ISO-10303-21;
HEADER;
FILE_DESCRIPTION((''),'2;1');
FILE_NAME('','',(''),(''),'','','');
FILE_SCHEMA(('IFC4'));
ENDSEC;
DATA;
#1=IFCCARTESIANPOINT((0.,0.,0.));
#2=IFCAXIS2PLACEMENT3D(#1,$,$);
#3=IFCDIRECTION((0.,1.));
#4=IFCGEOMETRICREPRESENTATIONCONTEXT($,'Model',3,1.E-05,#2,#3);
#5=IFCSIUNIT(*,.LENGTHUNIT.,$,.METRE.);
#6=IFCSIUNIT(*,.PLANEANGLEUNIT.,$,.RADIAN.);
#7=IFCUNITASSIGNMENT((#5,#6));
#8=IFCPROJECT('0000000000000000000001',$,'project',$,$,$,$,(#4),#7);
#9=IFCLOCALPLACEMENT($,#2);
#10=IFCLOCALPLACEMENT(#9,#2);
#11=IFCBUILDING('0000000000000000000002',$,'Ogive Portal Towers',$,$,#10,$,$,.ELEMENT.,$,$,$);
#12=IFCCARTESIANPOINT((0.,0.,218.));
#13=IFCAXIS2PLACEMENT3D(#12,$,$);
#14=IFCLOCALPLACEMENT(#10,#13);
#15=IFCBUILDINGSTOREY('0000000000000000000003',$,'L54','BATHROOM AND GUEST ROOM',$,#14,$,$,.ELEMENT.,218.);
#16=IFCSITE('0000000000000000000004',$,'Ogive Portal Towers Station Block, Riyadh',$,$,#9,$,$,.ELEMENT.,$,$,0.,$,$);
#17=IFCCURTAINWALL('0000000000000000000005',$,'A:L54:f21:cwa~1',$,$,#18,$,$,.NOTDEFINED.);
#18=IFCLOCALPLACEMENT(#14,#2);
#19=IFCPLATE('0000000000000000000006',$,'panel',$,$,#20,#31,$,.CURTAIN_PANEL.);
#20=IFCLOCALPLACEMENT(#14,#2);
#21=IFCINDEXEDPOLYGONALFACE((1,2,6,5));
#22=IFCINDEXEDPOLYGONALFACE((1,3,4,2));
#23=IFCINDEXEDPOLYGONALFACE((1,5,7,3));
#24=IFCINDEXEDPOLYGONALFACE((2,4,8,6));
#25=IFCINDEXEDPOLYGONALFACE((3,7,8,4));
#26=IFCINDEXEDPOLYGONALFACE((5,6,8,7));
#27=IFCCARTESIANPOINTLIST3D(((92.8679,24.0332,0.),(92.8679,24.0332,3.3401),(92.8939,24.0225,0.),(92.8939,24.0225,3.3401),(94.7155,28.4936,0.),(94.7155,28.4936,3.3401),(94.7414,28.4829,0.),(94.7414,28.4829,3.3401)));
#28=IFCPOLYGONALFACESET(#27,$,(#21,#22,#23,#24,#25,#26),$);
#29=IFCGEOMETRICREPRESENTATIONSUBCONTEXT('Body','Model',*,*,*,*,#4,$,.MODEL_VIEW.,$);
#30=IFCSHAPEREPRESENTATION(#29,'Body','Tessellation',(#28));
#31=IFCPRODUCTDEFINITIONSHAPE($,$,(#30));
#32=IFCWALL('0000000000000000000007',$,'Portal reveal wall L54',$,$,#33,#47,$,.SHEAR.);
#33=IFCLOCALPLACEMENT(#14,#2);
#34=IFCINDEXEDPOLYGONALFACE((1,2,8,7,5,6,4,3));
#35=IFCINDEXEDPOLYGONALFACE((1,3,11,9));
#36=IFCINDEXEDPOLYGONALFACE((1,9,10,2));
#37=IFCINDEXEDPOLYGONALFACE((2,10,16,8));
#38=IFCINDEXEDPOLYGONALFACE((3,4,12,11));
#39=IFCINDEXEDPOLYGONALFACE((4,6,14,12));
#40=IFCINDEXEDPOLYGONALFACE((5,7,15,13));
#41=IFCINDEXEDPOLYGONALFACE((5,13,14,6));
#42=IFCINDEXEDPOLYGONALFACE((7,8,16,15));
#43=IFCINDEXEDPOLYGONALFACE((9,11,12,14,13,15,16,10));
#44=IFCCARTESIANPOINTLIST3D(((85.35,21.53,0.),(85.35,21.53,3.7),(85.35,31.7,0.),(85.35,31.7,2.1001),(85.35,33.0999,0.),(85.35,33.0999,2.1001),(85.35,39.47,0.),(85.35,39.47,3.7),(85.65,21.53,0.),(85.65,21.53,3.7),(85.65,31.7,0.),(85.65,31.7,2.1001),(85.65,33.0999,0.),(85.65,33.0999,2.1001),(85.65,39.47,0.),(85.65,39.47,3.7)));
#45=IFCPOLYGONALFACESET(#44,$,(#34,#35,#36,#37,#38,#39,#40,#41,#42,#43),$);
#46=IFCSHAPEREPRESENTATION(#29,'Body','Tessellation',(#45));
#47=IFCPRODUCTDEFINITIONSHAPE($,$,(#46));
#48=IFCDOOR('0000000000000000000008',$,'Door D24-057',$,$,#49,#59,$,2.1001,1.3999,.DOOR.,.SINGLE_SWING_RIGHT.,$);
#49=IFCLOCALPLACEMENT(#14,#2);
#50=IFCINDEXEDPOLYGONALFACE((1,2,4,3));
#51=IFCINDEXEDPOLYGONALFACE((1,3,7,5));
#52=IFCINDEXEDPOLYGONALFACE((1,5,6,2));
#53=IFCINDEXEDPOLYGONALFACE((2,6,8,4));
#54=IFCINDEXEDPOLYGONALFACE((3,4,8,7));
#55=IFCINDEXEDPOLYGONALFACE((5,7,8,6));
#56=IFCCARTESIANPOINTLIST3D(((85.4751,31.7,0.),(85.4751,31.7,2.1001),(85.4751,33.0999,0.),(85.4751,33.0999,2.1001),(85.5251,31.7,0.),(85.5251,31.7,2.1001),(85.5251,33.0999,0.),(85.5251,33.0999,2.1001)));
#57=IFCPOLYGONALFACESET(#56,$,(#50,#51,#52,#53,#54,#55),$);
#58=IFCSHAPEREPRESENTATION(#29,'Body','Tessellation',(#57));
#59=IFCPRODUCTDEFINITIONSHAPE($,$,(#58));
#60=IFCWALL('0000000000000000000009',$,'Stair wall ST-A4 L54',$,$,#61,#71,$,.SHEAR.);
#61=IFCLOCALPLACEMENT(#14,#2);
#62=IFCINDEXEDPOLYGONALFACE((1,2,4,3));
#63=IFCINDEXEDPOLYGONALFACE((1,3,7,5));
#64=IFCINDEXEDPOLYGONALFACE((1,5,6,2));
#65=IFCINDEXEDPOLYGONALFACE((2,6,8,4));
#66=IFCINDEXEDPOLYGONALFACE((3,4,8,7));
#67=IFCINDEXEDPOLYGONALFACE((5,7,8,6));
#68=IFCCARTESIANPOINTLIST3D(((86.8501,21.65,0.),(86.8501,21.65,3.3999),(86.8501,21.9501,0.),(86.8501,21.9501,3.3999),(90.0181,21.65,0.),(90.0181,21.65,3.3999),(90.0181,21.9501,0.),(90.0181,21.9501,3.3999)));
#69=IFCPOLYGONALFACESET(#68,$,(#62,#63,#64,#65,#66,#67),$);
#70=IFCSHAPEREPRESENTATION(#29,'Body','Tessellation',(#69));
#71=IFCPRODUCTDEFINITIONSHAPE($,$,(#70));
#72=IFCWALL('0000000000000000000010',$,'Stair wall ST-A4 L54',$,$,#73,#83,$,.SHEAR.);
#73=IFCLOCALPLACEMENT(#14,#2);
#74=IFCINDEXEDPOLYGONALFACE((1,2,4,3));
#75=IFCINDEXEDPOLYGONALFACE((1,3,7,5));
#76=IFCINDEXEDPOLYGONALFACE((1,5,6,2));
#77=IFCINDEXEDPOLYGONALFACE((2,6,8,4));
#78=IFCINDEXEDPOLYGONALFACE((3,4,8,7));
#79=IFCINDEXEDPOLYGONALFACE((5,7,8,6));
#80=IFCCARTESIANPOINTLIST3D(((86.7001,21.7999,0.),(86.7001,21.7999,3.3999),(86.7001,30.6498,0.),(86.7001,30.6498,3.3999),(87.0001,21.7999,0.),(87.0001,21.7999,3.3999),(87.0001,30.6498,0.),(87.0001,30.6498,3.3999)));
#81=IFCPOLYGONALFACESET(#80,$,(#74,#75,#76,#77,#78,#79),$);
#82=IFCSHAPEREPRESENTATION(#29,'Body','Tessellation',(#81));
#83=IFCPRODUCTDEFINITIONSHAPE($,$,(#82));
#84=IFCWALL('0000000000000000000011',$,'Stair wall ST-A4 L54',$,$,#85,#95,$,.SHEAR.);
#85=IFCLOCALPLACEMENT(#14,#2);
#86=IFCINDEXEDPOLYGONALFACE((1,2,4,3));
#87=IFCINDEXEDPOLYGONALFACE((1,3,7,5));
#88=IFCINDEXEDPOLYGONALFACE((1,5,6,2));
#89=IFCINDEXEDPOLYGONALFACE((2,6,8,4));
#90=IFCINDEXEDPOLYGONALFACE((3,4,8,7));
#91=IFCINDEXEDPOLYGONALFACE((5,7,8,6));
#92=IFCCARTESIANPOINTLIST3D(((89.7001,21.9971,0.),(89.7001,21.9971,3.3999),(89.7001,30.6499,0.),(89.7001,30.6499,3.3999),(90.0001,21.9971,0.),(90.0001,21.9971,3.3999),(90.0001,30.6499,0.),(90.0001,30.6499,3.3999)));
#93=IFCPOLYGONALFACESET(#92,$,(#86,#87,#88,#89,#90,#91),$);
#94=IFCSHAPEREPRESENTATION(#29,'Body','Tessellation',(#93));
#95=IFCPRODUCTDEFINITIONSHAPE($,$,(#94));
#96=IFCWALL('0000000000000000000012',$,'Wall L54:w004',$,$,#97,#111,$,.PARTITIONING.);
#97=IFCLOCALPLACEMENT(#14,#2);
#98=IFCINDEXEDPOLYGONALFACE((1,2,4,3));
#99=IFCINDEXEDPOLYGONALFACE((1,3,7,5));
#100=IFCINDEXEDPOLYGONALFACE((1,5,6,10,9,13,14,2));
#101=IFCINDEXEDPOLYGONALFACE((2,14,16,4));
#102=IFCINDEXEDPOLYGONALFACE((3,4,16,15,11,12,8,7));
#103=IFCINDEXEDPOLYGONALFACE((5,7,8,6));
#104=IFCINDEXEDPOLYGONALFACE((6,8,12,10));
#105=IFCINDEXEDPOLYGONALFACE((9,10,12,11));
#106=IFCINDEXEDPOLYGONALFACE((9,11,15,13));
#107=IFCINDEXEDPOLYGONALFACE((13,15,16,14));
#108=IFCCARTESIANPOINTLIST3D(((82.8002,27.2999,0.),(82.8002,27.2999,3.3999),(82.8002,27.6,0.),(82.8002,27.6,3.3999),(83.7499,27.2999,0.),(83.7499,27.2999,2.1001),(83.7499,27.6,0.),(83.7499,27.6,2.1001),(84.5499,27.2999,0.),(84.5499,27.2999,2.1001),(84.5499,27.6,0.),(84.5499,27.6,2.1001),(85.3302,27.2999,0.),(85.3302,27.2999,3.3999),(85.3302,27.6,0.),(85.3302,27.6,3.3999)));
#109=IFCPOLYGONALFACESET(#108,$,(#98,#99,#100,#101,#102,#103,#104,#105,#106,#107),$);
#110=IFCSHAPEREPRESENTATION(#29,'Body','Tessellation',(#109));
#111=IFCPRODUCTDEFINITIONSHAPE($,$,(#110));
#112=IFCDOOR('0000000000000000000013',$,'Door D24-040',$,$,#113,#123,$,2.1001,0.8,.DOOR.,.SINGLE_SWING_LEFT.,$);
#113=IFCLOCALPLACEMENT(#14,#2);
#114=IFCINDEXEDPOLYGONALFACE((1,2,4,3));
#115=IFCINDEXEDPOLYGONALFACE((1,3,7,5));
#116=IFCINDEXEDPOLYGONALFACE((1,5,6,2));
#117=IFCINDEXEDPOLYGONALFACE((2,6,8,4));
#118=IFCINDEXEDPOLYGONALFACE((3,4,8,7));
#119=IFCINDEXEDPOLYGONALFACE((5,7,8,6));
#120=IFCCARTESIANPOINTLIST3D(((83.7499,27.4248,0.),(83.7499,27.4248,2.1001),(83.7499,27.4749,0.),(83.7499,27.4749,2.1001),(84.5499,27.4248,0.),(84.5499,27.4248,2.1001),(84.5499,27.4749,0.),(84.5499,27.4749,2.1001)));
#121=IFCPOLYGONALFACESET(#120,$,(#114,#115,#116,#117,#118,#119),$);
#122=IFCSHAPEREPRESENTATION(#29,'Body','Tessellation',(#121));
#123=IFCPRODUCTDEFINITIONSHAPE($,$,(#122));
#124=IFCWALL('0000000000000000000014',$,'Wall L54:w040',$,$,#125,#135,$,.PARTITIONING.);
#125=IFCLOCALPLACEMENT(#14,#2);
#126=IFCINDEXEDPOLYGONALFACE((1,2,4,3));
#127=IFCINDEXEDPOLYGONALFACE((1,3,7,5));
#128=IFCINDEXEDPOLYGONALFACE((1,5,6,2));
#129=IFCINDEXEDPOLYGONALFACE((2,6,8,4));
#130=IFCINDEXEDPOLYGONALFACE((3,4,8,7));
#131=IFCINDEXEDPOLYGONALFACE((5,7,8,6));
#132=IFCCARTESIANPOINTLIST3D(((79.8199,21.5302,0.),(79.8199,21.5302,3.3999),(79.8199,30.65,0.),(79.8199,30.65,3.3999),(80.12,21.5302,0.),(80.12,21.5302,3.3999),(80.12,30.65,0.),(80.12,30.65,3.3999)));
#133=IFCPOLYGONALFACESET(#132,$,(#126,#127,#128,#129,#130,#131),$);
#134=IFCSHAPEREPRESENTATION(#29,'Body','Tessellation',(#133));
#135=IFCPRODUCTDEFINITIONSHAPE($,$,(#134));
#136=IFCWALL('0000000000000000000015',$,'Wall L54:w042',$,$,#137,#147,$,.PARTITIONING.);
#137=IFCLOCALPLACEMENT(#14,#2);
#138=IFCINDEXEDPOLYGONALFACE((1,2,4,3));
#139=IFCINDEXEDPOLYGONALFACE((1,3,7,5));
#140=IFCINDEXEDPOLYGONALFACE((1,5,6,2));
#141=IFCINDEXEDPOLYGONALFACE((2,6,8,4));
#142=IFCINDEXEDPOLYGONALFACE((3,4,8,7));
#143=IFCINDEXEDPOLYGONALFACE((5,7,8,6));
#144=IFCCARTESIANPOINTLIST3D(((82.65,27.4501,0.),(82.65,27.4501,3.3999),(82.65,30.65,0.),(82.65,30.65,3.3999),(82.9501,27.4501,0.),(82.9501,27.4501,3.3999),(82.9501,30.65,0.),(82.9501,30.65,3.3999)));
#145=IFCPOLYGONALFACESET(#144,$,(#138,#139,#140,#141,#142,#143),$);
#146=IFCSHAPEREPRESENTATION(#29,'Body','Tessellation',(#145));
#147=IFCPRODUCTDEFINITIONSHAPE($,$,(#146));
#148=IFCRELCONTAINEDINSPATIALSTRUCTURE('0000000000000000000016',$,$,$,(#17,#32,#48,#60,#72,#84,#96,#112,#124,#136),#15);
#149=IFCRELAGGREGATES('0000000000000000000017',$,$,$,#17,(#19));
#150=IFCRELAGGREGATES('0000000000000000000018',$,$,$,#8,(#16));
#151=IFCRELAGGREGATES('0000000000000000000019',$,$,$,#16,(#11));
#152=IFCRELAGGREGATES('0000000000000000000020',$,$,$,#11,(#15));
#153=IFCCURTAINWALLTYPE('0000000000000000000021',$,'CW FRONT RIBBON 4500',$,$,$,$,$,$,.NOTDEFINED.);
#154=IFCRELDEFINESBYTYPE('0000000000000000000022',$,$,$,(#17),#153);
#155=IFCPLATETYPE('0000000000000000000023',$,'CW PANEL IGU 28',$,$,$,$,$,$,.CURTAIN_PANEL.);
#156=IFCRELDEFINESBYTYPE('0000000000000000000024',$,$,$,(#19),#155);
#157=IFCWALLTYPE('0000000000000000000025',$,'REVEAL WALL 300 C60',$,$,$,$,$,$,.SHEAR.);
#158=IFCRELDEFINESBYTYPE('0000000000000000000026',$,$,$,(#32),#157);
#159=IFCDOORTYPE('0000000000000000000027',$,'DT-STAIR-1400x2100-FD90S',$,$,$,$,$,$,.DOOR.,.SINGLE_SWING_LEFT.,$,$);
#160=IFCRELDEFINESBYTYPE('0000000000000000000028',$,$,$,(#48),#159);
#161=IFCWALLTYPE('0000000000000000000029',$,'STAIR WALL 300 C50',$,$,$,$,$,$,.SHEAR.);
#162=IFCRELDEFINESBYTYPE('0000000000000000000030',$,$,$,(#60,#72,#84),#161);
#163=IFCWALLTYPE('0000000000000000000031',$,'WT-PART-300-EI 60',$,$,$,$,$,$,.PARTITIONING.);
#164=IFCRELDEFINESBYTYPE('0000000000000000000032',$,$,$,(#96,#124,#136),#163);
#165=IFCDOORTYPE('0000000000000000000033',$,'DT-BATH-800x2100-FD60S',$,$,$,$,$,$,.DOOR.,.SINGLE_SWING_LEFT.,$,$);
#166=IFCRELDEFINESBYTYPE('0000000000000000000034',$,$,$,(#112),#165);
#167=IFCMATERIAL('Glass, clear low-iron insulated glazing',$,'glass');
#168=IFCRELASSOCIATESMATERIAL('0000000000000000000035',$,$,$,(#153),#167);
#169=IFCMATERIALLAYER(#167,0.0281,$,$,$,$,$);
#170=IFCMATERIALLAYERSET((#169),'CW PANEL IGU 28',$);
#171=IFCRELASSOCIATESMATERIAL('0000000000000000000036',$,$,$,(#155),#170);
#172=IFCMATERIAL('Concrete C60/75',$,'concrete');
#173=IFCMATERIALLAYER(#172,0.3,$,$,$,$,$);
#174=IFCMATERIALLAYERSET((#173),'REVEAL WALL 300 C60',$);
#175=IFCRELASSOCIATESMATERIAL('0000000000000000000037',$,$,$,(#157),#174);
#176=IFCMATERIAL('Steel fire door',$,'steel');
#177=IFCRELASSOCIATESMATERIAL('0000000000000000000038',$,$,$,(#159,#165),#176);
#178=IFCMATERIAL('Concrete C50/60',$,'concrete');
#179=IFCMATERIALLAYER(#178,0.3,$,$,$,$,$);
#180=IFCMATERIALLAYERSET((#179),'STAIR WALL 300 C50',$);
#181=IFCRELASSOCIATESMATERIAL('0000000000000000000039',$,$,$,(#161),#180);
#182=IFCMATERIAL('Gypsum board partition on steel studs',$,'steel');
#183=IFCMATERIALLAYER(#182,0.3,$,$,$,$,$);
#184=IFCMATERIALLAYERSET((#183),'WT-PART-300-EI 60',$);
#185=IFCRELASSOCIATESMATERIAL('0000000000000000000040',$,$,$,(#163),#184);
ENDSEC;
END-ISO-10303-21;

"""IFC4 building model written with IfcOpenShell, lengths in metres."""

from ifc_helpers import new_model, si_unit, direction, frame, frame_2d, origin, origin_2d, place, context, subcontext, project, spatial, rectangle, extrude, material, layer, layer_set, type_object, element, fill, aggregate, save


model = new_model("IFC4")

# Units and contexts
model_context = context("Model", 3, precision=1e-05, world=origin(), true_north=direction((0.0, 1.0)))
body_context = subcontext(model_context, "Body", "Model", "MODEL_VIEW")
ifc_project = project(units=[si_unit("LENGTHUNIT", "METRE"), si_unit("PLANEANGLEUNIT", "RADIAN")], contexts=[model_context])

# Site, building, storey
site_placement = place(None, origin())
site = spatial("IfcSite", under=ifc_project, at=site_placement, Name="Ogive Portal Towers Station Block, Riyadh", CompositionType="ELEMENT", RefElevation=0.0)
building_placement = place(site_placement, origin())
building = spatial("IfcBuilding", under=site, at=building_placement, Name="Ogive Portal Towers", CompositionType="ELEMENT")
storey_placement = place(building_placement, frame((0.0, 0.0, 218.0)))
storey = spatial("IfcBuildingStorey", under=building, at=storey_placement, Name="L54", Description="BATHROOM AND GUEST ROOM", CompositionType="ELEMENT", Elevation=218.0)

# Shared definitions
ifc_material_1 = material(Name="Concrete C60/75", Category="concrete")

# Shared definitions
ifc_material_2 = material(Name="Glass, clear low-iron insulated glazing", Category="glass")
curtain_wall_type = type_object("IfcCurtainWallType", Name="CW FRONT RIBBON 4500", PredefinedType="NOTDEFINED", material=ifc_material_2)

# Curtain wall
curtain_wall_1_placement = place(storey_placement, origin())
curtain_wall_1 = element("IfcCurtainWall", 1, at=curtain_wall_1_placement, inside=storey, type_object=curtain_wall_type, Name="A:L54:f21:cwa~1", PredefinedType="NOTDEFINED")

# Plate
ifc_layer_1 = layer(ifc_material_2, 0.0281)
ifc_layer_set_1 = layer_set([ifc_layer_1], Name="CW PANEL IGU 28")
plate_type = type_object("IfcPlateType", Name="CW PANEL IGU 28", PredefinedType="CURTAIN_PANEL", material=ifc_layer_set_1)
plate_1_placement = place(storey_placement, frame((93.8047, 26.2581, 0.0), z_axis=(0.0, 0.0, 1.0), x_axis=(0.382683, 0.92388, 0.0)))
plate_1 = element("IfcPlate", 2, at=plate_1_placement, type_object=plate_type, Name="panel", PredefinedType="CURTAIN_PANEL", context=body_context, shape_type="SweptSolid", body=[
    extrude(rectangle(XDim=4.8279, YDim=0.0281, at=origin_2d()), origin(), (0.0, 0.0, 1.0), 3.3401),
])
aggregate(curtain_wall_1, [plate_1])

# Wall, opening, door
ifc_layer_2 = layer(ifc_material_1, 0.3)
ifc_layer_set_2 = layer_set([ifc_layer_2], Name="REVEAL WALL 300 C60")
wall_type_1 = type_object("IfcWallType", Name="REVEAL WALL 300 C60", PredefinedType="SHEAR", material=ifc_layer_set_2)
wall_1_placement = place(storey_placement, frame((85.5, 21.53, 0.0), z_axis=(0.0, 0.0, 1.0), x_axis=(0.0, 1.0, 0.0)))
wall_1 = element("IfcWall", 3, at=wall_1_placement, inside=storey, type_object=wall_type_1, Name="Portal reveal wall L54", PredefinedType="SHEAR", context=body_context, shape_type="SweptSolid", body=[
    extrude(rectangle(XDim=17.9399, YDim=0.3, at=frame_2d((8.97, 0.0))), origin(), (0.0, 0.0, 1.0), 3.7),
])
opening_1_placement = place(wall_1_placement, frame((10.1699, 0.0, 0.0)))
opening_1 = element("IfcOpeningElement", 4, at=opening_1_placement, cuts=wall_1, PredefinedType="OPENING", context=body_context, shape_type="SweptSolid", body=[
    extrude(rectangle(XDim=1.3999, YDim=2.1001, at=frame_2d((0.7, 1.05))), frame((0.0, 0.1602, 0.0), z_axis=(0.0, -1.0, 0.0), x_axis=(1.0, 0.0, 0.0)), (0.0, 0.0, 1.0), 0.3201),
])
ifc_material_3 = material(Name="Steel fire door", Category="steel")
door_type_1 = type_object("IfcDoorType", Name="DT-STAIR-1400x2100-FD90S", OperationType="SINGLE_SWING_LEFT", PredefinedType="DOOR", material=ifc_material_3)
door_1_placement = place(opening_1_placement, origin())
door_1 = element("IfcDoor", 5, at=door_1_placement, inside=storey, type_object=door_type_1, Name="Door D24-057", OperationType="SINGLE_SWING_RIGHT", OverallHeight=2.1001, OverallWidth=1.3999, PredefinedType="DOOR", context=body_context, shape_type="SweptSolid", body=[
    extrude(rectangle(XDim=1.3999, YDim=2.1001, at=frame_2d((0.7, 1.05))), frame((0.0, 0.0249, 0.0), z_axis=(0.0, -1.0, 0.0), x_axis=(1.0, 0.0, 0.0)), (0.0, 0.0, 1.0), 0.05),
])
fill(opening_1, door_1)

# Walls
ifc_material_4 = material(Name="Concrete C50/60", Category="concrete")
ifc_layer_3 = layer(ifc_material_4, 0.3)
ifc_layer_set_3 = layer_set([ifc_layer_3], Name="STAIR WALL 300 C50")
wall_type_2 = type_object("IfcWallType", Name="STAIR WALL 300 C50", PredefinedType="SHEAR", material=ifc_layer_set_3)
wall_2_placement = place(storey_placement, frame((86.8501, 21.8, 0.0), z_axis=(0.0, 0.0, 1.0), x_axis=(1.0, 0.0, 0.0)))
element("IfcWall", 6, at=wall_2_placement, inside=storey, type_object=wall_type_2, Name="Stair wall ST-A4 L54", PredefinedType="SHEAR", context=body_context, shape_type="SweptSolid", body=[
    extrude(rectangle(XDim=3.168, YDim=0.3, at=frame_2d((1.584, 0.0))), origin(), (0.0, 0.0, 1.0), 3.3999),
])
wall_3_placement = place(storey_placement, frame((86.8501, 21.8, 0.0), z_axis=(0.0, 0.0, 1.0), x_axis=(0.0, 1.0, 0.0)))
element("IfcWall", 7, at=wall_3_placement, inside=storey, type_object=wall_type_2, Name="Stair wall ST-A4 L54", PredefinedType="SHEAR", context=body_context, shape_type="SweptSolid", body=[
    extrude(rectangle(XDim=8.8499, YDim=0.3, at=frame_2d((4.4248, 0.0))), origin(), (0.0, 0.0, 1.0), 3.3999),
])
wall_4_placement = place(storey_placement, frame((89.8501, 21.9971, 0.0), z_axis=(0.0, 0.0, 1.0), x_axis=(0.0, 1.0, 0.0)))
element("IfcWall", 8, at=wall_4_placement, inside=storey, type_object=wall_type_2, Name="Stair wall ST-A4 L54", PredefinedType="SHEAR", context=body_context, shape_type="SweptSolid", body=[
    extrude(rectangle(XDim=8.6528, YDim=0.3, at=frame_2d((4.3264, 0.0))), origin(), (0.0, 0.0, 1.0), 3.3999),
])

# Wall, opening, door
ifc_material_5 = material(Name="Gypsum board partition on steel studs", Category="steel")
ifc_layer_4 = layer(ifc_material_5, 0.3)
ifc_layer_set_4 = layer_set([ifc_layer_4], Name="WT-PART-300-EI 60")
wall_type_3 = type_object("IfcWallType", Name="WT-PART-300-EI 60", PredefinedType="PARTITIONING", material=ifc_layer_set_4)
wall_5_placement = place(storey_placement, frame((82.8, 27.45, 0.0), z_axis=(0.0, 0.0, 1.0), x_axis=(1.0, 0.0, 0.0)))
wall_5 = element("IfcWall", 9, at=wall_5_placement, inside=storey, type_object=wall_type_3, Name="Wall L54:w004", PredefinedType="PARTITIONING", context=body_context, shape_type="SweptSolid", body=[
    extrude(rectangle(XDim=2.53, YDim=0.3, at=frame_2d((1.2651, 0.0))), origin(), (0.0, 0.0, 1.0), 3.3999),
])
opening_2_placement = place(wall_5_placement, frame((0.95, 0.0, 0.0)))
opening_2 = element("IfcOpeningElement", 10, at=opening_2_placement, cuts=wall_5, PredefinedType="OPENING", context=body_context, shape_type="SweptSolid", body=[
    extrude(rectangle(XDim=0.8, YDim=2.1001, at=frame_2d((0.3999, 1.05))), frame((0.0, 0.1602, 0.0), z_axis=(0.0, -1.0, 0.0), x_axis=(1.0, 0.0, 0.0)), (0.0, 0.0, 1.0), 0.3201),
])
door_type_2 = type_object("IfcDoorType", Name="DT-BATH-800x2100-FD60S", OperationType="SINGLE_SWING_LEFT", PredefinedType="DOOR", material=ifc_material_3)
door_2_placement = place(opening_2_placement, origin())
door_2 = element("IfcDoor", 11, at=door_2_placement, inside=storey, type_object=door_type_2, Name="Door D24-040", OperationType="SINGLE_SWING_LEFT", OverallHeight=2.1001, OverallWidth=0.8, PredefinedType="DOOR", context=body_context, shape_type="SweptSolid", body=[
    extrude(rectangle(XDim=0.8, YDim=2.1001, at=frame_2d((0.3999, 1.05))), frame((0.0, 0.0249, 0.0), z_axis=(0.0, -1.0, 0.0), x_axis=(1.0, 0.0, 0.0)), (0.0, 0.0, 1.0), 0.05),
])
fill(opening_2, door_2)

# Walls
wall_6_placement = place(storey_placement, frame((79.97, 21.53, 0.0), z_axis=(0.0, 0.0, 1.0), x_axis=(0.0, 1.0, 0.0)))
element("IfcWall", 12, at=wall_6_placement, inside=storey, type_object=wall_type_3, Name="Wall L54:w040", PredefinedType="PARTITIONING", context=body_context, shape_type="SweptSolid", body=[
    extrude(rectangle(XDim=9.1199, YDim=0.3, at=frame_2d((4.5601, 0.0))), origin(), (0.0, 0.0, 1.0), 3.3999),
])
wall_7_placement = place(storey_placement, frame((82.8, 27.45, 0.0), z_axis=(0.0, 0.0, 1.0), x_axis=(0.0, 1.0, 0.0)))
element("IfcWall", 13, at=wall_7_placement, inside=storey, type_object=wall_type_3, Name="Wall L54:w042", PredefinedType="PARTITIONING", context=body_context, shape_type="SweptSolid", body=[
    extrude(rectangle(XDim=3.2, YDim=0.3, at=frame_2d((1.6001, 0.0))), origin(), (0.0, 0.0, 1.0), 3.3999),
])

save(model, "model.ifc")
